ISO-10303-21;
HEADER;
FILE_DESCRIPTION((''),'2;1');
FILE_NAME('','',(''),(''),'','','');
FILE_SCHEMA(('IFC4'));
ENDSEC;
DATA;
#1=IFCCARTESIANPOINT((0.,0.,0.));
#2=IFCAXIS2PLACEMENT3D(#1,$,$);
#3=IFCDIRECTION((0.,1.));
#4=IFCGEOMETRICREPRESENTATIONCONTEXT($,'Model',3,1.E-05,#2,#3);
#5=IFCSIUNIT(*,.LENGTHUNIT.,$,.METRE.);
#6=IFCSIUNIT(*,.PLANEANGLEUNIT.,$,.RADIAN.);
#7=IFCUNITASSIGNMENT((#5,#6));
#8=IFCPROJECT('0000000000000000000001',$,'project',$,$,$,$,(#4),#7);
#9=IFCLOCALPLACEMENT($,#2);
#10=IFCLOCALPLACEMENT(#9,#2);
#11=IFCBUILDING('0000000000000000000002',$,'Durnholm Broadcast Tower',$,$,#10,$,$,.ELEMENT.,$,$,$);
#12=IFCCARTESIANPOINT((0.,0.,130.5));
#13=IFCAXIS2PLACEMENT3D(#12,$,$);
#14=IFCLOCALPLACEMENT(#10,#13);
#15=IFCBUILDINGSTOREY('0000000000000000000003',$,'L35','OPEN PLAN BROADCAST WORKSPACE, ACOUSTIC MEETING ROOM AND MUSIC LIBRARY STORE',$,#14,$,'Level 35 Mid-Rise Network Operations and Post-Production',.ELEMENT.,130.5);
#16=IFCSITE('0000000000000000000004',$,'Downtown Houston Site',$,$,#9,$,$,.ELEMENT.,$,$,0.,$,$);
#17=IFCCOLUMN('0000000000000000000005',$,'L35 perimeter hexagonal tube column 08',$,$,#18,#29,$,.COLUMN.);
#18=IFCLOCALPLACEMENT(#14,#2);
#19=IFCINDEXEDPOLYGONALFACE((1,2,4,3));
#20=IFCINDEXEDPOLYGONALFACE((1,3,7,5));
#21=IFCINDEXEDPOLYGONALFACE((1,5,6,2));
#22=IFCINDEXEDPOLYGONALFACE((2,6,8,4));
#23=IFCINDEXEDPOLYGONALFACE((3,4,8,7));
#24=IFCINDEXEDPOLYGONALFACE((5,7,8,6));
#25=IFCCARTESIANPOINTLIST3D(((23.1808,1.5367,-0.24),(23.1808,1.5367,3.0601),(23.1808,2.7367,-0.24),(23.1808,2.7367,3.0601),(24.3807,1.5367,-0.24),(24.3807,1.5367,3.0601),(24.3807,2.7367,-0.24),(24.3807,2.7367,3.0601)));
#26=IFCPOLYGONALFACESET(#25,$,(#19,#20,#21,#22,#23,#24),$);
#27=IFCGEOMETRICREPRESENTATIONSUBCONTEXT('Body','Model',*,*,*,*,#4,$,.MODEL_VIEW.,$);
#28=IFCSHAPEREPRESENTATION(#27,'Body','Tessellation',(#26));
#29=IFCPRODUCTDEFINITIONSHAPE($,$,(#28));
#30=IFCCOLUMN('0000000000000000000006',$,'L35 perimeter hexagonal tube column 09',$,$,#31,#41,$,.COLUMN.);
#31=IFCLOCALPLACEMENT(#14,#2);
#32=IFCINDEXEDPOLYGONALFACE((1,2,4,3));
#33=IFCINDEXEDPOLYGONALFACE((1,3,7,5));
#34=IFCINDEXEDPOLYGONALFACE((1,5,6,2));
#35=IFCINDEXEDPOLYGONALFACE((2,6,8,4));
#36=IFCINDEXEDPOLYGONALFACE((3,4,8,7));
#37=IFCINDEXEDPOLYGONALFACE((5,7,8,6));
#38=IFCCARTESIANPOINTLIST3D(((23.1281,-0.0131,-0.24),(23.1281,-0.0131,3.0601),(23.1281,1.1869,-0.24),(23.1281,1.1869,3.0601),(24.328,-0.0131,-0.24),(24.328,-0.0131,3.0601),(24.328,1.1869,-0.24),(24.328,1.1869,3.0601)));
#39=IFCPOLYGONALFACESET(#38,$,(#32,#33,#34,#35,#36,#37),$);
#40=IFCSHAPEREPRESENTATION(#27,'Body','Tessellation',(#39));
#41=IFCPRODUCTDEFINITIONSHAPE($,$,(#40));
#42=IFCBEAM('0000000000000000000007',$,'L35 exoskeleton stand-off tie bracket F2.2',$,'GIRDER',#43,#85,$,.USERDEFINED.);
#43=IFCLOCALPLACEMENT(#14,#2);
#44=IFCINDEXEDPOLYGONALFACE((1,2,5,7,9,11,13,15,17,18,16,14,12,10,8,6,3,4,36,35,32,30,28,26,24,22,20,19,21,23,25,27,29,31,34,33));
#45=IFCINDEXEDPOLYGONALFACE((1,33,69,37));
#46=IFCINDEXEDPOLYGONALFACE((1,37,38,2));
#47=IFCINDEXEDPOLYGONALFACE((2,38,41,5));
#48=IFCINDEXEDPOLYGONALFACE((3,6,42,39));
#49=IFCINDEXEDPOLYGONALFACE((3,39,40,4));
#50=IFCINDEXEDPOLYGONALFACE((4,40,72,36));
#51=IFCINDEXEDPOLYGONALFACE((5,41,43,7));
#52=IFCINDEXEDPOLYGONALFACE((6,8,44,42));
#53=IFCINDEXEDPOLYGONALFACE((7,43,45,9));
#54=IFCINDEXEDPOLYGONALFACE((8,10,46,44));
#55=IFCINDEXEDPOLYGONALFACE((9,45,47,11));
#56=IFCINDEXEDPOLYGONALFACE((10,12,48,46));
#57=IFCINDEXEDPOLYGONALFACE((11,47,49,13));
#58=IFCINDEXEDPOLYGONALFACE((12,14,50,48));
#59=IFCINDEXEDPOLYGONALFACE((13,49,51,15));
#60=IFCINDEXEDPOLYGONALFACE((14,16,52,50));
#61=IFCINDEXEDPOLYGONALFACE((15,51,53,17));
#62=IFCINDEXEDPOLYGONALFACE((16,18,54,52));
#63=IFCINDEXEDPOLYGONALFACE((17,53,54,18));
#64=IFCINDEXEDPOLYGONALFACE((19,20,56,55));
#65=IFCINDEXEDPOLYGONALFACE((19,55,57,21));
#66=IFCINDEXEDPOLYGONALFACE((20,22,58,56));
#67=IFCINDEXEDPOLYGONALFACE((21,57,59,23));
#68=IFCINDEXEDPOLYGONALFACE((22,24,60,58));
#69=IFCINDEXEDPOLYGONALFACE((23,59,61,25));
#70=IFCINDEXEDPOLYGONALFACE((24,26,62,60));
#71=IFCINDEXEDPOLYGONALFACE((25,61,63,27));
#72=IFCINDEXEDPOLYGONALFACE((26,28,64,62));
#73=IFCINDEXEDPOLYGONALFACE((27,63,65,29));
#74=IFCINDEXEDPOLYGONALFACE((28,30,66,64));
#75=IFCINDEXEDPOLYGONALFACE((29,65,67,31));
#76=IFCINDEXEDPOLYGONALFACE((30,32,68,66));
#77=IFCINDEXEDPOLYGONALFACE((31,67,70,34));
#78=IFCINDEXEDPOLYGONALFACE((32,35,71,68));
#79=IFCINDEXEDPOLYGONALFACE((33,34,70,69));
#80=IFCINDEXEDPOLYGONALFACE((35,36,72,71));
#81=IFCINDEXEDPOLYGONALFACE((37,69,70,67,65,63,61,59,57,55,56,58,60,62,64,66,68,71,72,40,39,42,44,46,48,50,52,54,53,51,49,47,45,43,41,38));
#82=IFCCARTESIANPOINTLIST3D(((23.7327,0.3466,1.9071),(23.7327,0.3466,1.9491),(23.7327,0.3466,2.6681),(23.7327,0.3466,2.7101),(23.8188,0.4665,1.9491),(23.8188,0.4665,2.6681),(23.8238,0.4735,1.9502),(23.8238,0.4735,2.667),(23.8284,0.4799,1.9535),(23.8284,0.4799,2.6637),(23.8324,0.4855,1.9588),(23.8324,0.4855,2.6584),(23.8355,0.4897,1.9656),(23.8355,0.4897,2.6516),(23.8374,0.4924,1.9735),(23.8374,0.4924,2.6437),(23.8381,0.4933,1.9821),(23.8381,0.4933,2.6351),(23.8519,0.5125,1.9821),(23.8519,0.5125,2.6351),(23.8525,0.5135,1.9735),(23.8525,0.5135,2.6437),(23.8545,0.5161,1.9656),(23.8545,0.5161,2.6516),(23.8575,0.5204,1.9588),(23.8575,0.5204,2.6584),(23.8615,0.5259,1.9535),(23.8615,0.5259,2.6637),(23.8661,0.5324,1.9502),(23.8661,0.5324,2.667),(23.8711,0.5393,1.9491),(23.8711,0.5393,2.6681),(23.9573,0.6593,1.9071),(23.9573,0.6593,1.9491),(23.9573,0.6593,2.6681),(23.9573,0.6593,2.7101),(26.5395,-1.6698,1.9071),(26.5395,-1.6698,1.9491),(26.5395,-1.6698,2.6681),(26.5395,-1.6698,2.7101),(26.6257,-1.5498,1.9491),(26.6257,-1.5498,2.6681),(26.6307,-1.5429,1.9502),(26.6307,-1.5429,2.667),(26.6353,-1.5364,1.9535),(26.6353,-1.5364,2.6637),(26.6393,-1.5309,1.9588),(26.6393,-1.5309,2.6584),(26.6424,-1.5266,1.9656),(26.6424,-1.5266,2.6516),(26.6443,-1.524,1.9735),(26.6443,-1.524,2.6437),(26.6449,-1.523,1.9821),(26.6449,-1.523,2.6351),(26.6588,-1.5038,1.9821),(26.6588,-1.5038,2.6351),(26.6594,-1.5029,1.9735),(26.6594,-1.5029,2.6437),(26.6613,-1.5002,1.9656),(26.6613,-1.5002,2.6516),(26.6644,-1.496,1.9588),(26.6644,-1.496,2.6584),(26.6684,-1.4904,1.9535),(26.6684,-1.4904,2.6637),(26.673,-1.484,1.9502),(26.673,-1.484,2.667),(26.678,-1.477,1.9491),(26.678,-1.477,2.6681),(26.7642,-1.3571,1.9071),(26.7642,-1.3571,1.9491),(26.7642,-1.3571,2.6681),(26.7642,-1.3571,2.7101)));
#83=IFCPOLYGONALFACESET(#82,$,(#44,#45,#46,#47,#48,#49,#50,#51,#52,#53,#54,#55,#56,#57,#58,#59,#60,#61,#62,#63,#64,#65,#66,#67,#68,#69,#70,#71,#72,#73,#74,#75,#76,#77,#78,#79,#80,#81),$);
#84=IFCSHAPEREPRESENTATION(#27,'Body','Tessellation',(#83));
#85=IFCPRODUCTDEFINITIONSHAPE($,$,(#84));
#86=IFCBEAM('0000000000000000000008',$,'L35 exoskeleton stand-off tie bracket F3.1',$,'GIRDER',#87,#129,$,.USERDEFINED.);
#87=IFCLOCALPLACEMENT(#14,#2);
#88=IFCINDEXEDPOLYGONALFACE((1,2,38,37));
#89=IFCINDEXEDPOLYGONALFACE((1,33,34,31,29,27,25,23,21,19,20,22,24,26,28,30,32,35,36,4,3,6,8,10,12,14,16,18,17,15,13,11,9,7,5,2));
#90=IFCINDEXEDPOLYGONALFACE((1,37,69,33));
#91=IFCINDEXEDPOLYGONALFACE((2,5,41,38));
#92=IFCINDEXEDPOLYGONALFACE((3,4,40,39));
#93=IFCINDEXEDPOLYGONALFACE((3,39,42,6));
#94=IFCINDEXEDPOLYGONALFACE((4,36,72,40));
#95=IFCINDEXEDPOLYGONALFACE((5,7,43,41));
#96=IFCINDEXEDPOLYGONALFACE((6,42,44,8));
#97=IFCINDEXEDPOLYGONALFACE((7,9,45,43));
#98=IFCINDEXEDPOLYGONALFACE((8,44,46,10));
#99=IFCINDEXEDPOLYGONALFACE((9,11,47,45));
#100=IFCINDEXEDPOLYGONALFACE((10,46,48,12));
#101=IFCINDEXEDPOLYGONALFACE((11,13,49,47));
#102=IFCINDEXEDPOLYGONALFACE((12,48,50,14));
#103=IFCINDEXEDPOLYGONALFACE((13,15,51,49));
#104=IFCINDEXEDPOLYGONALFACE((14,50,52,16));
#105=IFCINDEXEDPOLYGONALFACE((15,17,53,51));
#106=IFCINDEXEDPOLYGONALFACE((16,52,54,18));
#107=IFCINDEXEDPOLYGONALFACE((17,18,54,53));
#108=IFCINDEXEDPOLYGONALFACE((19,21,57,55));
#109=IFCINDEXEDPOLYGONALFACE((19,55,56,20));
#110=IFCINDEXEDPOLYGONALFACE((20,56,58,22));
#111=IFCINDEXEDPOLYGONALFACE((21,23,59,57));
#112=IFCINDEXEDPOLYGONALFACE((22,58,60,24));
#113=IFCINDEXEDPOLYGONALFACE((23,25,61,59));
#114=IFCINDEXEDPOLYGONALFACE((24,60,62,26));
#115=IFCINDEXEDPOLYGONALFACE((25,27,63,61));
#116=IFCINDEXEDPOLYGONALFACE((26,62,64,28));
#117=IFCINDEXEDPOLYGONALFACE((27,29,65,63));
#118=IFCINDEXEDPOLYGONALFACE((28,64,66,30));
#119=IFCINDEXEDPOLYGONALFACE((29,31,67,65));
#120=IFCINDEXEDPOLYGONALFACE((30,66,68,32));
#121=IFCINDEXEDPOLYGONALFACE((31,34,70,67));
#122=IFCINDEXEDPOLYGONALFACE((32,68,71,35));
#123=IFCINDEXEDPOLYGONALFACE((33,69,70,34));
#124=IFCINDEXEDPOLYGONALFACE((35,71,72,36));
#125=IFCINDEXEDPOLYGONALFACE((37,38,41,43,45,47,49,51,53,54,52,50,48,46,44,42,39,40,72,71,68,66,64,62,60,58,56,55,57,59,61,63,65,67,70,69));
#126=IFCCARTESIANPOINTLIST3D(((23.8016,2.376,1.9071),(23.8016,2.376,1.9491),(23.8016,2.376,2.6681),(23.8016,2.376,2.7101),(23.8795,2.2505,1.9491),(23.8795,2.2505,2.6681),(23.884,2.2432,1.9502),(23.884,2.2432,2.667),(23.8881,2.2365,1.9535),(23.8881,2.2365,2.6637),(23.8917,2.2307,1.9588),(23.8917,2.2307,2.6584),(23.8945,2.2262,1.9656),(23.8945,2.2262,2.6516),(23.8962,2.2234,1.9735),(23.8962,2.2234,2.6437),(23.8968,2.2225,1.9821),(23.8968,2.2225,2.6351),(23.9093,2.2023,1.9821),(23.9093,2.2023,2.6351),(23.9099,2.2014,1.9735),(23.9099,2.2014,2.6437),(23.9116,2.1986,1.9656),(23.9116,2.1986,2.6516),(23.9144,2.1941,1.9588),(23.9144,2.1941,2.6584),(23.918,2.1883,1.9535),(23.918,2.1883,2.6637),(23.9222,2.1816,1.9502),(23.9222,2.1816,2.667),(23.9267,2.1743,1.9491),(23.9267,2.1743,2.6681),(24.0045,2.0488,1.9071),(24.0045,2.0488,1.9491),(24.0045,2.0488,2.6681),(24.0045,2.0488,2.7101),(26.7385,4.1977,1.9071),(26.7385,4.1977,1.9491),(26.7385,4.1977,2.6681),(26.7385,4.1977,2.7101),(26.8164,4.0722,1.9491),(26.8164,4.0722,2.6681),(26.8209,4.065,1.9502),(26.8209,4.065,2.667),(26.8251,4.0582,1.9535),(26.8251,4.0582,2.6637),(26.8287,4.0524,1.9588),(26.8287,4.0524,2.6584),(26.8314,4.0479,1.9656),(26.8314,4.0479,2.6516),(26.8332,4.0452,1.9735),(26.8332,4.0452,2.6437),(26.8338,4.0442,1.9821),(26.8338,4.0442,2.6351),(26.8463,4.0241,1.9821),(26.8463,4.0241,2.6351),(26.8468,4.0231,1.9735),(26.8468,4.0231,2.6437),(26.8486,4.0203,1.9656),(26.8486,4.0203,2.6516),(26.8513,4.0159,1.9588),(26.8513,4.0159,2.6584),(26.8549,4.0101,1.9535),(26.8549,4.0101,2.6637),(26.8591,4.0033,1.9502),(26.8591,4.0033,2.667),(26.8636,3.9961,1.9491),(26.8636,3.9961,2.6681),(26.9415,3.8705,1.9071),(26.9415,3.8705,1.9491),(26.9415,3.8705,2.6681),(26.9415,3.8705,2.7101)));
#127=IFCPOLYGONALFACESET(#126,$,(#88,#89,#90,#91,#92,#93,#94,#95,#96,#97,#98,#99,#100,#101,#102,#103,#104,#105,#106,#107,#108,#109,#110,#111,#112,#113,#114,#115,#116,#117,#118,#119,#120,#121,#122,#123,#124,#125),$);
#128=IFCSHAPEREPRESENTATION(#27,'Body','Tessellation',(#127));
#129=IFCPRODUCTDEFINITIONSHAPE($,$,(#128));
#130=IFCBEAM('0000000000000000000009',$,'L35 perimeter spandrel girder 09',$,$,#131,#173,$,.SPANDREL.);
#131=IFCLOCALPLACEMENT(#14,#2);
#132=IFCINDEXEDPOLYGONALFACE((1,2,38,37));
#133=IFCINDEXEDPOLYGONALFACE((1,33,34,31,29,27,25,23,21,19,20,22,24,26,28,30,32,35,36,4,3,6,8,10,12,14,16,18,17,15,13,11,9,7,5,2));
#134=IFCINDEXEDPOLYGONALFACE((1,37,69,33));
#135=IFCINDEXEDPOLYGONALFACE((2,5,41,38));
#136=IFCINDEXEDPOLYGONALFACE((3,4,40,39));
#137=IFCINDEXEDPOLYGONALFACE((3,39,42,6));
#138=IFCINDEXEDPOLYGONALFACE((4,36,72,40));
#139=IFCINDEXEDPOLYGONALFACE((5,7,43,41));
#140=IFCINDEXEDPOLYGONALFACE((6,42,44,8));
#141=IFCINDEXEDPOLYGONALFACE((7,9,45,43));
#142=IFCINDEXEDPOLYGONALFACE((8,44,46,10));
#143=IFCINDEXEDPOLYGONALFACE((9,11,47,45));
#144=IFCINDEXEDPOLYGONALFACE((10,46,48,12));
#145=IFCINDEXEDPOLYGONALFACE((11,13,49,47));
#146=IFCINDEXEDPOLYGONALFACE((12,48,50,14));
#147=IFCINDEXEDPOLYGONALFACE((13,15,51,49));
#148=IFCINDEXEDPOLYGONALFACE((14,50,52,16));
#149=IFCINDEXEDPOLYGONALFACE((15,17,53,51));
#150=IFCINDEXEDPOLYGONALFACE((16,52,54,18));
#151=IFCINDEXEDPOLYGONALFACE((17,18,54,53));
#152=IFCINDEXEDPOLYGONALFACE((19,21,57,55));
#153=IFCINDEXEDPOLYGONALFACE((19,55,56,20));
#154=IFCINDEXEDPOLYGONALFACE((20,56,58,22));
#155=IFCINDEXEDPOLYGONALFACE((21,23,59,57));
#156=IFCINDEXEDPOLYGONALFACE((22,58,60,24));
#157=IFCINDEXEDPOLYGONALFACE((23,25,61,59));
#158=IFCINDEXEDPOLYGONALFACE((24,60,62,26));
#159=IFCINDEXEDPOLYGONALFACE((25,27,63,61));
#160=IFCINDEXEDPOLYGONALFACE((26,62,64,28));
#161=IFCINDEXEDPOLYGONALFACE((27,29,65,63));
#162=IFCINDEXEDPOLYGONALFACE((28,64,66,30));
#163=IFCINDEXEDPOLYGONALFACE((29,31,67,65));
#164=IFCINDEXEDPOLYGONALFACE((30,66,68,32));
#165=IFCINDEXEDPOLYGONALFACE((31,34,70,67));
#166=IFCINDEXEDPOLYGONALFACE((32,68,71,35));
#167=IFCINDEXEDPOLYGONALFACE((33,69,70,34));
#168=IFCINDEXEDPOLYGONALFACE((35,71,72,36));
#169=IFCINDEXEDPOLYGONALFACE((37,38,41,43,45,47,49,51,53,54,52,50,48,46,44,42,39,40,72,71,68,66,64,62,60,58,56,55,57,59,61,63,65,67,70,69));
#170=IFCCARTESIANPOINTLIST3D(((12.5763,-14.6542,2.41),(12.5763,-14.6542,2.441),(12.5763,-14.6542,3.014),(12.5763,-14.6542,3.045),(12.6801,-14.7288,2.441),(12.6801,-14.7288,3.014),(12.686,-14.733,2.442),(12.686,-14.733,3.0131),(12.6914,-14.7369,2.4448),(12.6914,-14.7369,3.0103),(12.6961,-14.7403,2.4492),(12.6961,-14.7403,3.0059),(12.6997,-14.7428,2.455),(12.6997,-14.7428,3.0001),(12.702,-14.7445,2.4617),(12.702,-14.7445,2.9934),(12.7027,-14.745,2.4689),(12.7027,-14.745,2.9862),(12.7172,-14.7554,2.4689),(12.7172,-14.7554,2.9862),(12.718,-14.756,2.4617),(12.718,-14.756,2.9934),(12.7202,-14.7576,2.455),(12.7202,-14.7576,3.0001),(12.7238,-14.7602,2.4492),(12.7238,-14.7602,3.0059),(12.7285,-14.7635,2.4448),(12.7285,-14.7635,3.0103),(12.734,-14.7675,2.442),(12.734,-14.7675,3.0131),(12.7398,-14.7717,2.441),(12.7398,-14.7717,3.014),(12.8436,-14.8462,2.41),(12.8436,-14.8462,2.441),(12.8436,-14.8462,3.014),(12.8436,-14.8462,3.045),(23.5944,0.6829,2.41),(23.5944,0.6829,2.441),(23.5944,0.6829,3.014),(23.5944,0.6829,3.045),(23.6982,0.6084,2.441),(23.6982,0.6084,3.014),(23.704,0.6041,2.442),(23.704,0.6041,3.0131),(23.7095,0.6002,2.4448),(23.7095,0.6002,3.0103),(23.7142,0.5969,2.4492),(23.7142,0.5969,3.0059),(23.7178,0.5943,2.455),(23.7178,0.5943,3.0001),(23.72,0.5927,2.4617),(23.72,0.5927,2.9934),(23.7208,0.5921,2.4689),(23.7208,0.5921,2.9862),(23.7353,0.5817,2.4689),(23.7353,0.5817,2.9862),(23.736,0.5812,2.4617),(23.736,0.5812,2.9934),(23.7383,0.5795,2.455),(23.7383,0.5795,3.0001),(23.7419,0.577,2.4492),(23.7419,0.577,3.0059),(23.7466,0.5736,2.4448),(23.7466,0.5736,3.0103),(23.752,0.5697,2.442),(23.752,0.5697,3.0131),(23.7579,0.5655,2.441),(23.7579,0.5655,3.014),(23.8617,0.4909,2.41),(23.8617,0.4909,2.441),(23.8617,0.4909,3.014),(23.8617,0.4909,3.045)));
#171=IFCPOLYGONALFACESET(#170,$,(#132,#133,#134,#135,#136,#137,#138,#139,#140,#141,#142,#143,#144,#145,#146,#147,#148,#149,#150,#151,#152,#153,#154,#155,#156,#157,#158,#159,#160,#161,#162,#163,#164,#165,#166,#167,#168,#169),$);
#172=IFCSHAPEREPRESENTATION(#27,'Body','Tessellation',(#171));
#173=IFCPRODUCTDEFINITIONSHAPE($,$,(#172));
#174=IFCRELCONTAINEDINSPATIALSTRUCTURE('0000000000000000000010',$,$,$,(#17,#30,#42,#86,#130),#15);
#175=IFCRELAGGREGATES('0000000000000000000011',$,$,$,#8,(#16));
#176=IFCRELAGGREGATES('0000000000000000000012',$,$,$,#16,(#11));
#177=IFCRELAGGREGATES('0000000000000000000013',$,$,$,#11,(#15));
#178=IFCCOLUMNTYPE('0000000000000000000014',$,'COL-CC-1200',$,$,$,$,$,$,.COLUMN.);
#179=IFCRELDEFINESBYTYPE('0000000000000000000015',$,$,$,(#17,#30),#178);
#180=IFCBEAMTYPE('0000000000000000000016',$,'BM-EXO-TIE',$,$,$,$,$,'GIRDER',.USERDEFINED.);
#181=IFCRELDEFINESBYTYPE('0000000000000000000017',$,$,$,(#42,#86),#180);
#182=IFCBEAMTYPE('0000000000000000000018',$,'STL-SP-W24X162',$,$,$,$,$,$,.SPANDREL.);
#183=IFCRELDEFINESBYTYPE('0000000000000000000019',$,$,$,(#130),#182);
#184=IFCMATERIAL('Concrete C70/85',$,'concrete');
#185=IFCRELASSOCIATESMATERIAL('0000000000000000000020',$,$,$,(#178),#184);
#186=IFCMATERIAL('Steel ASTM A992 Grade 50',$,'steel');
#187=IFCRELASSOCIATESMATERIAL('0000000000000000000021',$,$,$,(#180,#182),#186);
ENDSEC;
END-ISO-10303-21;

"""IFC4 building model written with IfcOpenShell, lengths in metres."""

from ifc_helpers import new_model, si_unit, direction, frame, origin, origin_2d, place, context, subcontext, project, spatial, rectangle, i_section, extrude, source, transform, mapped, material, material_profile, profile_set, type_object, type_shapes, element, save


model = new_model("IFC4")

# Units and contexts
model_context = context("Model", 3, precision=1e-05, world=origin(), true_north=direction((0.0, 1.0)))
body_context = subcontext(model_context, "Body", "Model", "MODEL_VIEW")
ifc_project = project(units=[si_unit("LENGTHUNIT", "METRE"), si_unit("PLANEANGLEUNIT", "RADIAN")], contexts=[model_context])

# Site, building, storey
site_placement = place(None, origin())
site = spatial("IfcSite", under=ifc_project, at=site_placement, Name="Downtown Houston Site", CompositionType="ELEMENT", RefElevation=0.0)
building_placement = place(site_placement, origin())
building = spatial("IfcBuilding", under=site, at=building_placement, Name="Durnholm Broadcast Tower", CompositionType="ELEMENT")
storey_placement = place(building_placement, frame((0.0, 0.0, 130.5)))
storey = spatial("IfcBuildingStorey", under=building, at=storey_placement, Name="L35", Description="OPEN PLAN BROADCAST WORKSPACE, ACOUSTIC MEETING ROOM AND MUSIC LIBRARY STORE", LongName="Level 35 Mid-Rise Network Operations and Post-Production", CompositionType="ELEMENT", Elevation=130.5)

# Columns
ifc_material_1 = material(Name="Concrete C70/85", Category="concrete")
ifc_material_profile_1 = material_profile(ifc_material_1, rectangle(XDim=1.2, YDim=1.2, at=origin_2d()), Name="RC1200X1200")
ifc_profile_set_1 = profile_set([ifc_material_profile_1], Name="Concrete C70/85")
column_type = type_object("IfcColumnType", Name="COL-CC-1200", PredefinedType="COLUMN", material=ifc_profile_set_1)
shared_shape_1 = source(origin(), body_context, "Body", "SweptSolid", [
    extrude(rectangle(XDim=1.2, YDim=1.2, at=origin_2d()), origin(), (0.0, 0.0, 1.0), 3.3),
])
type_shapes(column_type, [shared_shape_1])
for number, where, z_axis, x_axis, name in (
    (1, (23.7808, 2.1367, -0.24), (0.0, 0.0, 1.0), (1.0, 0.0, 0.0), "L35 perimeter hexagonal tube column 08"),
    (2, (23.728, 0.5869, -0.24), (0.0, 0.0, 1.0), (1.0, 0.0, 0.0), "L35 perimeter hexagonal tube column 09"),
):
    element("IfcColumn", number, at=place(storey_placement, frame(where, z_axis=z_axis, x_axis=x_axis)), inside=storey, type_object=column_type, Name=name, PredefinedType="COLUMN", context=body_context, shape_type="MappedRepresentation", body=[
        mapped(shared_shape_1, transform((0.0, 0.0, 0.0), x_axis=(1.0, 0.0, 0.0), y_axis=(0.0, 1.0, 0.0), z_axis=(0.0, 0.0, 1.0), scale=1.0)),
    ])

# Beams
ifc_material_2 = material(Name="Steel ASTM A992 Grade 50", Category="steel")
ifc_material_profile_2 = material_profile(ifc_material_2, i_section(OverallWidth=0.385, OverallDepth=0.803, WebThickness=0.0237, FlangeThickness=0.042, FilletRadius=0.033, at=origin_2d()), Name="W30X261")
ifc_profile_set_2 = profile_set([ifc_material_profile_2], Name="Steel ASTM A992 Grade 50")
beam_type_1 = type_object("IfcBeamType", Name="BM-EXO-TIE", ElementType="GIRDER", PredefinedType="USERDEFINED", material=ifc_profile_set_2)
shared_shape_2 = source(origin(), body_context, "Body", "SweptSolid", [
    extrude(i_section(OverallWidth=0.385, OverallDepth=0.803, WebThickness=0.0237, FlangeThickness=0.042, FilletRadius=0.033, at=origin_2d()), origin(), (0.0, 0.0, 1.0), 3.4561),
])
for number, where, z_axis, x_axis, name in (
    (3, (23.845, 0.5029, 2.3086), (0.812165, -0.583428, 0.0), (0.583428, 0.812165, 0.0), "L35 exoskeleton stand-off tie bracket F2.2"),
    (4, (23.9031, 2.2124, 2.3086), (0.849795, 0.527113, 0.0), (-0.527113, 0.849795, 0.0), "L35 exoskeleton stand-off tie bracket F3.1"),
):
    element("IfcBeam", number, at=place(storey_placement, frame(where, z_axis=z_axis, x_axis=x_axis)), inside=storey, type_object=beam_type_1, Name=name, ObjectType="GIRDER", PredefinedType="USERDEFINED", context=body_context, shape_type="MappedRepresentation", body=[
        mapped(shared_shape_2, transform((0.0, 0.0, 0.0), x_axis=(1.0, 0.0, 0.0), y_axis=(0.0, 1.0, 0.0), z_axis=(0.0, 0.0, 1.0), scale=1.0)),
    ])
ifc_material_profile_3 = material_profile(ifc_material_2, i_section(OverallWidth=0.3291, OverallDepth=0.635, WebThickness=0.0178, FlangeThickness=0.031, FilletRadius=0.0278, at=origin_2d()), Name="W24X162")
ifc_profile_set_3 = profile_set([ifc_material_profile_3], Name="Steel ASTM A992 Grade 50")
beam_type_2 = type_object("IfcBeamType", Name="STL-SP-W24X162", PredefinedType="SPANDREL", material=ifc_profile_set_3)
shared_shape_3 = source(origin(), body_context, "Body", "SweptSolid", [
    extrude(i_section(OverallWidth=0.3291, OverallDepth=0.635, WebThickness=0.0178, FlangeThickness=0.031, FilletRadius=0.0278, at=origin_2d()), origin(), (0.0, 0.0, 1.0), 18.8845),
])
beam_1_placement = place(storey_placement, frame((23.728, 0.5869, 2.7275), z_axis=(-0.583443, -0.812154, 0.0), x_axis=(0.812154, -0.583443, 0.0)))
element("IfcBeam", 5, at=beam_1_placement, inside=storey, type_object=beam_type_2, Name="L35 perimeter spandrel girder 09", PredefinedType="SPANDREL", context=body_context, shape_type="MappedRepresentation", body=[
    mapped(shared_shape_3, transform((0.0, 0.0, 0.0), x_axis=(1.0, 0.0, 0.0), y_axis=(0.0, 1.0, 0.0), z_axis=(0.0, 0.0, 1.0), scale=1.0)),
])

save(model, "model.ifc")
